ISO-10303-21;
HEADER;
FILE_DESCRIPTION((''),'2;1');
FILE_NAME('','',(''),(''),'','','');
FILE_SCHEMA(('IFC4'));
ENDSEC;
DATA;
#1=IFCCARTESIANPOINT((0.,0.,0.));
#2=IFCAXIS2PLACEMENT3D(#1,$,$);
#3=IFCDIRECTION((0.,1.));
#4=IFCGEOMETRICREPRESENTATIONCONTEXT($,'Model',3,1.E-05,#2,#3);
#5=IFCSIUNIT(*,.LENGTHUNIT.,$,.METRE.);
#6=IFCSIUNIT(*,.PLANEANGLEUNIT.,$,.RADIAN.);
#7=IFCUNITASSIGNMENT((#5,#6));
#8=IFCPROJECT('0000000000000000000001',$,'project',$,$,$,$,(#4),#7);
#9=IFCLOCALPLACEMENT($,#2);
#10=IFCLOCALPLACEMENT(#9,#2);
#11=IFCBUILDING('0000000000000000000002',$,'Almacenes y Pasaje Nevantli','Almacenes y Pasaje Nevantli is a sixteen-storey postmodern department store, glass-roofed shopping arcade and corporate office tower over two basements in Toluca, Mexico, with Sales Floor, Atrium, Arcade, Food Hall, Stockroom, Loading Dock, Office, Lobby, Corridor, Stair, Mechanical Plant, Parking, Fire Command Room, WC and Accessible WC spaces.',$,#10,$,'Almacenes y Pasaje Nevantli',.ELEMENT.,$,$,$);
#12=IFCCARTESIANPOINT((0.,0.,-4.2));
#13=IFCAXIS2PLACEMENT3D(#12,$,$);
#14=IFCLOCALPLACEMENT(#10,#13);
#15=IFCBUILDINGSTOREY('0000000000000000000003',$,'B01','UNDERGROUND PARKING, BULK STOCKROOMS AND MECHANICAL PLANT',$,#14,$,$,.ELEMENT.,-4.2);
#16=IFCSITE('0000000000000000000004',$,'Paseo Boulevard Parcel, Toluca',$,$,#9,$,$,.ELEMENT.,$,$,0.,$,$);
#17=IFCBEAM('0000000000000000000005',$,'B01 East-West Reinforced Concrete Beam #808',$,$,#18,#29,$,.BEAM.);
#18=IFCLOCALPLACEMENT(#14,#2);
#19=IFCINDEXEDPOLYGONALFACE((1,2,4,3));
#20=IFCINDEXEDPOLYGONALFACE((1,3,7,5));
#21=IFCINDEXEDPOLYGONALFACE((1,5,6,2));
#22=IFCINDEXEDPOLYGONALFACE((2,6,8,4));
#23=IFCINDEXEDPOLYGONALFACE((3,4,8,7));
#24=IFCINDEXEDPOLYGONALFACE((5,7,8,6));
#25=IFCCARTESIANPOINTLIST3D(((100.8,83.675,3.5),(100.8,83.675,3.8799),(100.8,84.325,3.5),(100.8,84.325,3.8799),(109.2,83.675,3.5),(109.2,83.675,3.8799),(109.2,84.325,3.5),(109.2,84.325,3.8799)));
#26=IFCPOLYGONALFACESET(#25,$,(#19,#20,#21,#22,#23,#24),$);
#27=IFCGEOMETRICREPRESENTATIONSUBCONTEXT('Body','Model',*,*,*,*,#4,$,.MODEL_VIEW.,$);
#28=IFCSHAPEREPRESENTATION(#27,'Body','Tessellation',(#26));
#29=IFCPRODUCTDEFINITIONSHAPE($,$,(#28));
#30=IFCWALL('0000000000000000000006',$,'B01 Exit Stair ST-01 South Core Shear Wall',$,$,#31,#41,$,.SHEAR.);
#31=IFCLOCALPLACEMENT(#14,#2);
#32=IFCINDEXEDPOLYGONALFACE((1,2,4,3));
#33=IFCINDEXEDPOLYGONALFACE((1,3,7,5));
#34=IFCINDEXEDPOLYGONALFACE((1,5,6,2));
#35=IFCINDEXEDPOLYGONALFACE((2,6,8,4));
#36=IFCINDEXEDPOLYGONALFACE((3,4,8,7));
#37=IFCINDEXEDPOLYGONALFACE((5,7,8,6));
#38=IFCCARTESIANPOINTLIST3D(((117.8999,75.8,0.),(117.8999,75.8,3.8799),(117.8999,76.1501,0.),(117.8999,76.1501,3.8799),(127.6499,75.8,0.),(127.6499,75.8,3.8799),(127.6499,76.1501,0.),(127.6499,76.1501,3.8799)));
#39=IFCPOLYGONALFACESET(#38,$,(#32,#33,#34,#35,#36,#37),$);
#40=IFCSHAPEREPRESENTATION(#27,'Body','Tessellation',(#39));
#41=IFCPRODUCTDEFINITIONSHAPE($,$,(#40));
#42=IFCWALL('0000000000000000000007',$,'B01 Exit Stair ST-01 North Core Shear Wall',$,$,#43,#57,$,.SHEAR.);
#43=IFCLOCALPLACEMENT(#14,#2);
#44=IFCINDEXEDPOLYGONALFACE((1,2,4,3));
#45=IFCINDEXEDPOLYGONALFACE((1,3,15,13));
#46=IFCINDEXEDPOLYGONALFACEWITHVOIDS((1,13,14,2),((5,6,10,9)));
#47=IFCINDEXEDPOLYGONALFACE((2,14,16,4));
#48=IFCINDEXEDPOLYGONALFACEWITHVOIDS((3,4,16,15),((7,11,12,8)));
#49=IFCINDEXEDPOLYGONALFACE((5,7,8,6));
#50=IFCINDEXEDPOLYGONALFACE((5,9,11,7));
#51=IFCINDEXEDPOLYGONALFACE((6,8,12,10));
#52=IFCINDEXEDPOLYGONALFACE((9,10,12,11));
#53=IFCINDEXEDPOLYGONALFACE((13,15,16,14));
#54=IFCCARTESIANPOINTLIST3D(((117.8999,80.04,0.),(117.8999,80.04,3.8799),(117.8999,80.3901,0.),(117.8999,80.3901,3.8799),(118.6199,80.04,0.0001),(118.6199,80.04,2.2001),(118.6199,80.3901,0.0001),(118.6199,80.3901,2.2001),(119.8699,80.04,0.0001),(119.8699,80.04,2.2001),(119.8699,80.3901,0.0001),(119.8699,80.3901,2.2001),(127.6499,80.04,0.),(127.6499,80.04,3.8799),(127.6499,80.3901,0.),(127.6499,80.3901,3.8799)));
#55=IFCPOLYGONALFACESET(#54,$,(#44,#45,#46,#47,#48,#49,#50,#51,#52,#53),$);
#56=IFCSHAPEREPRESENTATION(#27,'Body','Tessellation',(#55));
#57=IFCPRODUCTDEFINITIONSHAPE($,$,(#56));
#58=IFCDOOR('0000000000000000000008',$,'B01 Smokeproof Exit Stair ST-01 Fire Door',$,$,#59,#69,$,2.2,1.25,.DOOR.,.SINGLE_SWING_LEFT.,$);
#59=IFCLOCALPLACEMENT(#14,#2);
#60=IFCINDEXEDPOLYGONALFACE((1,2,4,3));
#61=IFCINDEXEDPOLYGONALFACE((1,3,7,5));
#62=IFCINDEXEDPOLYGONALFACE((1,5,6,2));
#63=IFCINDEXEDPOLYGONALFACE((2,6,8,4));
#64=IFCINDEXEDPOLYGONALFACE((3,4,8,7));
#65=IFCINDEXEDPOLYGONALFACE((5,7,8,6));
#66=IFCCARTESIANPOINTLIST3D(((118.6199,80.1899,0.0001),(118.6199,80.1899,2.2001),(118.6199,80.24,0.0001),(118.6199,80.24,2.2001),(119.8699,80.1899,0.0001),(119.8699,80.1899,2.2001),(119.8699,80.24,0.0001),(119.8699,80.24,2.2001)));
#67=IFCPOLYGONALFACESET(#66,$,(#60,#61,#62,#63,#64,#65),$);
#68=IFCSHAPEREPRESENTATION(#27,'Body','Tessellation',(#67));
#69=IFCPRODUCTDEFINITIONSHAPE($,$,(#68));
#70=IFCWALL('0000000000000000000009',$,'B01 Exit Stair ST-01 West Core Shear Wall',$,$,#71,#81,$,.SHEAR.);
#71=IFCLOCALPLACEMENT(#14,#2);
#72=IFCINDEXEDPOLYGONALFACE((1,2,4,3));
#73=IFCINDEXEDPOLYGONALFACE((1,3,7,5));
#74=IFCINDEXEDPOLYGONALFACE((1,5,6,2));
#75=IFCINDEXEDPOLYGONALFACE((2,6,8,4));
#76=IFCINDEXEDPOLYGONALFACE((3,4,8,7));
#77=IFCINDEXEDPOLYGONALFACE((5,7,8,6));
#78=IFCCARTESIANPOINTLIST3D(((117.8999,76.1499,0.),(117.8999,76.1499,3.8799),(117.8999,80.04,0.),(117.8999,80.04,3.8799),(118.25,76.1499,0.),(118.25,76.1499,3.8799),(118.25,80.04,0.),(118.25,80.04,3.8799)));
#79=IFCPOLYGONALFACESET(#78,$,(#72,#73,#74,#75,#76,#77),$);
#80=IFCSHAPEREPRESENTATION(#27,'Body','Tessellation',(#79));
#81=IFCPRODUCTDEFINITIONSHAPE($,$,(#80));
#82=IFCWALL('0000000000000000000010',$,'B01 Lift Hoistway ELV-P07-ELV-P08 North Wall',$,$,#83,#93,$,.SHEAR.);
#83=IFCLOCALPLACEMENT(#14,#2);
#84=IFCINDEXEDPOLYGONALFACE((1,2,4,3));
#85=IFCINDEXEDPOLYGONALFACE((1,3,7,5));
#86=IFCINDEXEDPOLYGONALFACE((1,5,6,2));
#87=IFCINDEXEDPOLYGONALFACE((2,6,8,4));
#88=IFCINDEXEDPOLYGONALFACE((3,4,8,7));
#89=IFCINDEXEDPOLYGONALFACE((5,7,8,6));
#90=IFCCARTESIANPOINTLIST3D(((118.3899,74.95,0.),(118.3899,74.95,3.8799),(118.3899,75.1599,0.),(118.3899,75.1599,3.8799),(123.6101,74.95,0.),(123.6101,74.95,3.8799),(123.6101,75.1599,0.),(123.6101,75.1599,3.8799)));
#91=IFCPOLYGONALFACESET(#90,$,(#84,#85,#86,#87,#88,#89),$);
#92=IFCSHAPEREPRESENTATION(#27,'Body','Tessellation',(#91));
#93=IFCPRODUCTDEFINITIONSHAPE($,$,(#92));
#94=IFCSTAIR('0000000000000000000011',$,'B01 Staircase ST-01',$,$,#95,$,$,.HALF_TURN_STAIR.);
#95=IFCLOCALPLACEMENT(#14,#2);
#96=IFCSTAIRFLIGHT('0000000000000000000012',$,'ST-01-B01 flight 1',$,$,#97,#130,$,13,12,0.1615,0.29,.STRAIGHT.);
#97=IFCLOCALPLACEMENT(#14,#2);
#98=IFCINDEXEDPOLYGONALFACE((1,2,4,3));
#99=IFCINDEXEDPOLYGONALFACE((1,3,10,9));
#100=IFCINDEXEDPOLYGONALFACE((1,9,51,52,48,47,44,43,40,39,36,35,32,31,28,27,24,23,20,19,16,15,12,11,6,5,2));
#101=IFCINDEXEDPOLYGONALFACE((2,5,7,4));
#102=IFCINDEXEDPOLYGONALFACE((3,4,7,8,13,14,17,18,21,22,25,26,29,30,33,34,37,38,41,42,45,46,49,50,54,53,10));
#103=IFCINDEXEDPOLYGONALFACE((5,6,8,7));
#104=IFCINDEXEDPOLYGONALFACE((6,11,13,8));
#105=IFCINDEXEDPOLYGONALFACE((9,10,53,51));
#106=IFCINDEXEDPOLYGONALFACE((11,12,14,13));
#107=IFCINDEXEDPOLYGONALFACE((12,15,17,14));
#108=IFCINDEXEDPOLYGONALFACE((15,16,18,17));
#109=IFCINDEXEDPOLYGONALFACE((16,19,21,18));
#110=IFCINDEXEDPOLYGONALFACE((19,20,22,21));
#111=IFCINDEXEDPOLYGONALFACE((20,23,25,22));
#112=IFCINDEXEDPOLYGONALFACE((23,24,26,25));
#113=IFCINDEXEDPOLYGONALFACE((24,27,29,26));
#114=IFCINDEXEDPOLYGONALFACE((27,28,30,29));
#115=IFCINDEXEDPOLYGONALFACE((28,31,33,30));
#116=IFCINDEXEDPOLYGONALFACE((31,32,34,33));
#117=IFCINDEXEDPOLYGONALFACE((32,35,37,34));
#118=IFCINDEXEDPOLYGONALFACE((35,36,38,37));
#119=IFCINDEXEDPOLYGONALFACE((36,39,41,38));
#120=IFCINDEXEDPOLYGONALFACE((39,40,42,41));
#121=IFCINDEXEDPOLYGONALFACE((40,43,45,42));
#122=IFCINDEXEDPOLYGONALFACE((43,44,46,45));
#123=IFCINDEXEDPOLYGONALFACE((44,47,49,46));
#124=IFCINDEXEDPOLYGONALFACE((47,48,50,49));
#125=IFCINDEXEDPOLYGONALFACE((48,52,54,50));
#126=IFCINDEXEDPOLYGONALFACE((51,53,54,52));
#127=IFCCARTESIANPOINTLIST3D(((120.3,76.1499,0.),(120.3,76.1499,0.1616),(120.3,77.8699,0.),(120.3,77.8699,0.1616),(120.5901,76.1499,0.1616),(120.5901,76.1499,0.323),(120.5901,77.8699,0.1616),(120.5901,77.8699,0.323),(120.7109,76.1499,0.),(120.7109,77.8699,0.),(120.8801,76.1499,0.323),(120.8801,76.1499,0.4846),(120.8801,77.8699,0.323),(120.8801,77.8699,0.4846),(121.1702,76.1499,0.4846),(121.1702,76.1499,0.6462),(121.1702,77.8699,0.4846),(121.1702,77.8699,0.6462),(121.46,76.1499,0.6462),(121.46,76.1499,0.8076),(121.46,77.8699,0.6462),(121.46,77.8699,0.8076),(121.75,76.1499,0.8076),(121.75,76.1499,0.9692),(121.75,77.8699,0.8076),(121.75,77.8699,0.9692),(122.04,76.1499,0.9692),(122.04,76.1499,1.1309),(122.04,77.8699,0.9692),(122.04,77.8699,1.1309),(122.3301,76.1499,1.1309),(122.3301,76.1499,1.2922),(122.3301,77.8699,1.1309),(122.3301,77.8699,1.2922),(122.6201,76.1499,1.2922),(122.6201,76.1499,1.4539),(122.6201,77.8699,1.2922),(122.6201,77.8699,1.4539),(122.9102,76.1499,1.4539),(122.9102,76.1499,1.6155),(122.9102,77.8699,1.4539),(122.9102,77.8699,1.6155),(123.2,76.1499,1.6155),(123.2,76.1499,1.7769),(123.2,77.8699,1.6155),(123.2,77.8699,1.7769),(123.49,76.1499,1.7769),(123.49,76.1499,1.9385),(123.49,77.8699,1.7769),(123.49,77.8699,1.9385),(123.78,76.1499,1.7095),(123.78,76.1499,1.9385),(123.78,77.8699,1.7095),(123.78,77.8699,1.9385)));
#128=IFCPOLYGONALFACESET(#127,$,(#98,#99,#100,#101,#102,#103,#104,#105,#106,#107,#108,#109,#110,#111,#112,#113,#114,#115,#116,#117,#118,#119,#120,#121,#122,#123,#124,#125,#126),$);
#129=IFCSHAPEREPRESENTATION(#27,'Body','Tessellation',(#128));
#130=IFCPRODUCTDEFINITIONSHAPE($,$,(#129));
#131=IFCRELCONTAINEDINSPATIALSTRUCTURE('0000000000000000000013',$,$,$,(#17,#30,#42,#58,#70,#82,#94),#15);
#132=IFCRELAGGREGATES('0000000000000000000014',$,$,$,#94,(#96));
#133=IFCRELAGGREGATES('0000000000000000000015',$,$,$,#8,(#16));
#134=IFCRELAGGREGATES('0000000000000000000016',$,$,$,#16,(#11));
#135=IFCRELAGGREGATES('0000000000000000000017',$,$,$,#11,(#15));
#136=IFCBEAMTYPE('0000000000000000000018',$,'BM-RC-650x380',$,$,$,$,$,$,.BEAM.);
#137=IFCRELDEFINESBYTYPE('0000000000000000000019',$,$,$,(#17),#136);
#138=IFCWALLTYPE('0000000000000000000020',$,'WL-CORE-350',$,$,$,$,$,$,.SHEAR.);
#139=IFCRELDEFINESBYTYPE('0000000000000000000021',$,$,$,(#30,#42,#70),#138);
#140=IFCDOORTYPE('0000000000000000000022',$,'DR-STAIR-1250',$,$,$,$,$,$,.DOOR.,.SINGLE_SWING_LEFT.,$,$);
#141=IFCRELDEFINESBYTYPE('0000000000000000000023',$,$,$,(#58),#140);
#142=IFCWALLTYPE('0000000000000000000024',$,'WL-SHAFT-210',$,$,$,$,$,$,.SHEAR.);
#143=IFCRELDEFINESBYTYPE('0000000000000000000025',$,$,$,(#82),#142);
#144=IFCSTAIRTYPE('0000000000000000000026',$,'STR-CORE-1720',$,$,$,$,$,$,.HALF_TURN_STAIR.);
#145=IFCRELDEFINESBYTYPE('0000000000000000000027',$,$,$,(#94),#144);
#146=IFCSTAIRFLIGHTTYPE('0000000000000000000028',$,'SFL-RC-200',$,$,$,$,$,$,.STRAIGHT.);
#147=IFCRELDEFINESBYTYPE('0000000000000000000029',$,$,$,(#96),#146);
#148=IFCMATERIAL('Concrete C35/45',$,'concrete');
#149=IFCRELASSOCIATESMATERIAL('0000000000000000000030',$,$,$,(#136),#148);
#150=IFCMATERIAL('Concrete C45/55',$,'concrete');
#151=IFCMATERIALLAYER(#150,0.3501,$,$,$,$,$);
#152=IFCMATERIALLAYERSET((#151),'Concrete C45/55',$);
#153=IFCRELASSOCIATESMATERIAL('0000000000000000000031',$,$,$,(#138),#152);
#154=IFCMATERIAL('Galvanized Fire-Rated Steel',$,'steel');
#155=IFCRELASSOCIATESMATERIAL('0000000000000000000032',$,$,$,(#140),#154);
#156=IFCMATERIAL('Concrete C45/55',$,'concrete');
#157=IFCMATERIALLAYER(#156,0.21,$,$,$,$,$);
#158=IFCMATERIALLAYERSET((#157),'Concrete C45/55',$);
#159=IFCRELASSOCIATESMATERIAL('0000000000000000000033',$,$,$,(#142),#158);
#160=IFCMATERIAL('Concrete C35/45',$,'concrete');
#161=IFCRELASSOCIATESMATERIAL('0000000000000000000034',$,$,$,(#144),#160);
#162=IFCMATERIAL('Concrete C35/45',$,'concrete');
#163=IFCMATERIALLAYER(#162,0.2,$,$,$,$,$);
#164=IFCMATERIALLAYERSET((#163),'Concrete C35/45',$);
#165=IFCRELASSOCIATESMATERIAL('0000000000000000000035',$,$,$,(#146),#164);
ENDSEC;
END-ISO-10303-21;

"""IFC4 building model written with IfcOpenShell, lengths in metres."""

from ifc_helpers import new_model, si_unit, direction, frame, frame_2d, origin, origin_2d, place, context, subcontext, project, spatial, polyline, rectangle, outline, extrude, material, layer, layer_set, material_profile, profile_set, type_object, element, fill, aggregate, save


model = new_model("IFC4")

# Units and contexts
model_context = context("Model", 3, precision=1e-05, world=origin(), true_north=direction((0.0, 1.0)))
body_context = subcontext(model_context, "Body", "Model", "MODEL_VIEW")
ifc_project = project(units=[si_unit("LENGTHUNIT", "METRE"), si_unit("PLANEANGLEUNIT", "RADIAN")], contexts=[model_context])

# Site, building, storey
site_placement = place(None, origin())
site = spatial("IfcSite", under=ifc_project, at=site_placement, Name="Paseo Boulevard Parcel, Toluca", CompositionType="ELEMENT", RefElevation=0.0)
building_placement = place(site_placement, origin())
building = spatial("IfcBuilding", under=site, at=building_placement, Name="Almacenes y Pasaje Nevantli", Description="Almacenes y Pasaje Nevantli is a sixteen-storey postmodern department store, glass-roofed shopping arcade and corporate office tower over two basements in Toluca, Mexico, with Sales Floor, Atrium, Arcade, Food Hall, Stockroom, Loading Dock, Office, Lobby, Corridor, Stair, Mechanical Plant, Parking, Fire Command Room, WC and Accessible WC spaces.", LongName="Almacenes y Pasaje Nevantli", CompositionType="ELEMENT")
storey_placement = place(building_placement, frame((0.0, 0.0, -4.2)))
storey = spatial("IfcBuildingStorey", under=building, at=storey_placement, Name="B01", Description="UNDERGROUND PARKING, BULK STOCKROOMS AND MECHANICAL PLANT", CompositionType="ELEMENT", Elevation=-4.2)

# Beam
ifc_material_1 = material(Name="Concrete C35/45", Category="concrete")
ifc_material_profile_1 = material_profile(ifc_material_1, rectangle(XDim=0.6499, YDim=0.3799, at=origin_2d()), Name="RC-BM-650x380")
ifc_profile_set_1 = profile_set([ifc_material_profile_1], Name="Concrete C35/45")
beam_type_1 = type_object("IfcBeamType", Name="BM-RC-650x380", PredefinedType="BEAM", material=ifc_profile_set_1)
beam_1_placement = place(storey_placement, frame((100.8, 84.0, 3.6899), z_axis=(1.0, 0.0, 0.0), x_axis=(0.0, 1.0, 0.0)))
element("IfcBeam", 1, at=beam_1_placement, inside=storey, type_object=beam_type_1, Name="B01 East-West Reinforced Concrete Beam #808", PredefinedType="BEAM", context=body_context, shape_type="SweptSolid", body=[
    extrude(rectangle(XDim=0.6499, YDim=0.3799, at=origin_2d()), origin(), (0.0, 0.0, 1.0), 8.3999),
])

# Wall
ifc_material_2 = material(Name="Concrete C45/55", Category="concrete")
ifc_layer_1 = layer(ifc_material_2, 0.3501)
ifc_layer_set_1 = layer_set([ifc_layer_1], Name="Concrete C45/55")
wall_type_1 = type_object("IfcWallType", Name="WL-CORE-350", PredefinedType="SHEAR", material=ifc_layer_set_1)
wall_1_placement = place(storey_placement, frame((117.8999, 75.9751, 0.0), z_axis=(0.0, 0.0, 1.0), x_axis=(1.0, 0.0, 0.0)))
element("IfcWall", 2, at=wall_1_placement, inside=storey, type_object=wall_type_1, Name="B01 Exit Stair ST-01 South Core Shear Wall", PredefinedType="SHEAR", context=body_context, shape_type="SweptSolid", body=[
    extrude(rectangle(XDim=9.75, YDim=0.3501, at=frame_2d((4.875, 0.0))), origin(), (0.0, 0.0, 1.0), 3.8799),
])

# Wall, opening, door
wall_2_placement = place(storey_placement, frame((117.8999, 80.2151, 0.0), z_axis=(0.0, 0.0, 1.0), x_axis=(1.0, 0.0, 0.0)))
wall_2 = element("IfcWall", 3, at=wall_2_placement, inside=storey, type_object=wall_type_1, Name="B01 Exit Stair ST-01 North Core Shear Wall", PredefinedType="SHEAR", context=body_context, shape_type="SweptSolid", body=[
    extrude(rectangle(XDim=9.75, YDim=0.3501, at=frame_2d((4.875, 0.0))), origin(), (0.0, 0.0, 1.0), 3.8799),
])
opening_placement = place(wall_2_placement, frame((0.72, 0.0, 0.0)))
opening = element("IfcOpeningElement", 4, at=opening_placement, cuts=wall_2, PredefinedType="OPENING", context=body_context, shape_type="SweptSolid", body=[
    extrude(rectangle(XDim=1.25, YDim=2.2, at=frame_2d((0.625, 1.1001))), frame((0.0, 0.1851, 0.0), z_axis=(0.0, -1.0, 0.0), x_axis=(1.0, 0.0, 0.0)), (0.0, 0.0, 1.0), 0.3701),
])
ifc_material_3 = material(Name="Galvanized Fire-Rated Steel", Category="steel")
door_type = type_object("IfcDoorType", Name="DR-STAIR-1250", OperationType="SINGLE_SWING_LEFT", PredefinedType="DOOR", material=ifc_material_3)
door_placement = place(opening_placement, origin())
door = element("IfcDoor", 5, at=door_placement, inside=storey, type_object=door_type, Name="B01 Smokeproof Exit Stair ST-01 Fire Door", OperationType="SINGLE_SWING_LEFT", OverallHeight=2.2, OverallWidth=1.25, PredefinedType="DOOR", context=body_context, shape_type="SweptSolid", body=[
    extrude(rectangle(XDim=1.25, YDim=2.2, at=frame_2d((0.625, 1.1001))), frame((0.0, 0.0249, 0.0), z_axis=(0.0, -1.0, 0.0), x_axis=(1.0, 0.0, 0.0)), (0.0, 0.0, 1.0), 0.05),
])
fill(opening, door)

# Walls
wall_3_placement = place(storey_placement, frame((118.075, 76.1499, 0.0), z_axis=(0.0, 0.0, 1.0), x_axis=(0.0, 1.0, 0.0)))
element("IfcWall", 6, at=wall_3_placement, inside=storey, type_object=wall_type_1, Name="B01 Exit Stair ST-01 West Core Shear Wall", PredefinedType="SHEAR", context=body_context, shape_type="SweptSolid", body=[
    extrude(rectangle(XDim=3.8901, YDim=0.3501, at=frame_2d((1.9451, 0.0))), origin(), (0.0, 0.0, 1.0), 3.8799),
])
ifc_material_4 = material(Name="Concrete C45/55", Category="concrete")
ifc_layer_2 = layer(ifc_material_4, 0.21)
ifc_layer_set_2 = layer_set([ifc_layer_2], Name="Concrete C45/55")
wall_type_2 = type_object("IfcWallType", Name="WL-SHAFT-210", PredefinedType="SHEAR", material=ifc_layer_set_2)
wall_4_placement = place(storey_placement, frame((118.3899, 75.0549, 0.0), z_axis=(0.0, 0.0, 1.0), x_axis=(1.0, 0.0, 0.0)))
element("IfcWall", 7, at=wall_4_placement, inside=storey, type_object=wall_type_2, Name="B01 Lift Hoistway ELV-P07-ELV-P08 North Wall", PredefinedType="SHEAR", context=body_context, shape_type="SweptSolid", body=[
    extrude(rectangle(XDim=5.2202, YDim=0.21, at=frame_2d((2.6101, 0.0))), origin(), (0.0, 0.0, 1.0), 3.8799),
])

# Stair, stair flight
ifc_material_5 = material(Name="Concrete C35/45", Category="concrete")
stair_type = type_object("IfcStairType", Name="STR-CORE-1720", PredefinedType="HALF_TURN_STAIR", material=ifc_material_5)
stair_placement = place(storey_placement, origin())
stair = element("IfcStair", 8, at=stair_placement, inside=storey, type_object=stair_type, Name="B01 Staircase ST-01", PredefinedType="HALF_TURN_STAIR")
ifc_material_6 = material(Name="Concrete C35/45", Category="concrete")
ifc_layer_3 = layer(ifc_material_6, 0.2)
ifc_layer_set_3 = layer_set([ifc_layer_3], Name="Concrete C35/45")
stair_flight_type = type_object("IfcStairFlightType", Name="SFL-RC-200", PredefinedType="STRAIGHT", material=ifc_layer_set_3)
stair_flight_placement = place(storey_placement, frame((120.3, 77.01, 0.0), z_axis=(0.0, 0.0, 1.0), x_axis=(1.0, 0.0, 0.0)))
stair_flight = element("IfcStairFlight", 9, at=stair_flight_placement, type_object=stair_flight_type, Name="ST-01-B01 flight 1", NumberOfRisers=13, NumberOfTreads=12, PredefinedType="STRAIGHT", RiserHeight=0.1615, TreadLength=0.29, context=body_context, shape_type="SweptSolid", body=[
    extrude(outline(polyline([(0.0, 0.0), (0.0, 0.1616), (0.29, 0.1616), (0.29, 0.323), (0.5801, 0.323), (0.5801, 0.4846), (0.8701, 0.4846), (0.8701, 0.6462), (1.1599, 0.6462), (1.1599, 0.8076), (1.45, 0.8076), (1.45, 0.9692), (1.74, 0.9692), (1.74, 1.1309), (2.03, 1.1309), (2.03, 1.2922), (2.3201, 1.2922), (2.3201, 1.4539), (2.6101, 1.4539), (2.6101, 1.6155), (2.8999, 1.6155), (2.8999, 1.7769), (3.1899, 1.7769), (3.1899, 1.9385), (3.48, 1.9385), (3.48, 2.1001), (3.48, 1.7095), (0.4109, 0.0), (0.0, 0.0)])), frame((0.0, 0.8599, 0.0), z_axis=(0.0, -1.0, 0.0), x_axis=(1.0, 0.0, 0.0)), (0.0, 0.0, 1.0), 1.72),
])
aggregate(stair, [stair_flight])

save(model, "model.ifc")
